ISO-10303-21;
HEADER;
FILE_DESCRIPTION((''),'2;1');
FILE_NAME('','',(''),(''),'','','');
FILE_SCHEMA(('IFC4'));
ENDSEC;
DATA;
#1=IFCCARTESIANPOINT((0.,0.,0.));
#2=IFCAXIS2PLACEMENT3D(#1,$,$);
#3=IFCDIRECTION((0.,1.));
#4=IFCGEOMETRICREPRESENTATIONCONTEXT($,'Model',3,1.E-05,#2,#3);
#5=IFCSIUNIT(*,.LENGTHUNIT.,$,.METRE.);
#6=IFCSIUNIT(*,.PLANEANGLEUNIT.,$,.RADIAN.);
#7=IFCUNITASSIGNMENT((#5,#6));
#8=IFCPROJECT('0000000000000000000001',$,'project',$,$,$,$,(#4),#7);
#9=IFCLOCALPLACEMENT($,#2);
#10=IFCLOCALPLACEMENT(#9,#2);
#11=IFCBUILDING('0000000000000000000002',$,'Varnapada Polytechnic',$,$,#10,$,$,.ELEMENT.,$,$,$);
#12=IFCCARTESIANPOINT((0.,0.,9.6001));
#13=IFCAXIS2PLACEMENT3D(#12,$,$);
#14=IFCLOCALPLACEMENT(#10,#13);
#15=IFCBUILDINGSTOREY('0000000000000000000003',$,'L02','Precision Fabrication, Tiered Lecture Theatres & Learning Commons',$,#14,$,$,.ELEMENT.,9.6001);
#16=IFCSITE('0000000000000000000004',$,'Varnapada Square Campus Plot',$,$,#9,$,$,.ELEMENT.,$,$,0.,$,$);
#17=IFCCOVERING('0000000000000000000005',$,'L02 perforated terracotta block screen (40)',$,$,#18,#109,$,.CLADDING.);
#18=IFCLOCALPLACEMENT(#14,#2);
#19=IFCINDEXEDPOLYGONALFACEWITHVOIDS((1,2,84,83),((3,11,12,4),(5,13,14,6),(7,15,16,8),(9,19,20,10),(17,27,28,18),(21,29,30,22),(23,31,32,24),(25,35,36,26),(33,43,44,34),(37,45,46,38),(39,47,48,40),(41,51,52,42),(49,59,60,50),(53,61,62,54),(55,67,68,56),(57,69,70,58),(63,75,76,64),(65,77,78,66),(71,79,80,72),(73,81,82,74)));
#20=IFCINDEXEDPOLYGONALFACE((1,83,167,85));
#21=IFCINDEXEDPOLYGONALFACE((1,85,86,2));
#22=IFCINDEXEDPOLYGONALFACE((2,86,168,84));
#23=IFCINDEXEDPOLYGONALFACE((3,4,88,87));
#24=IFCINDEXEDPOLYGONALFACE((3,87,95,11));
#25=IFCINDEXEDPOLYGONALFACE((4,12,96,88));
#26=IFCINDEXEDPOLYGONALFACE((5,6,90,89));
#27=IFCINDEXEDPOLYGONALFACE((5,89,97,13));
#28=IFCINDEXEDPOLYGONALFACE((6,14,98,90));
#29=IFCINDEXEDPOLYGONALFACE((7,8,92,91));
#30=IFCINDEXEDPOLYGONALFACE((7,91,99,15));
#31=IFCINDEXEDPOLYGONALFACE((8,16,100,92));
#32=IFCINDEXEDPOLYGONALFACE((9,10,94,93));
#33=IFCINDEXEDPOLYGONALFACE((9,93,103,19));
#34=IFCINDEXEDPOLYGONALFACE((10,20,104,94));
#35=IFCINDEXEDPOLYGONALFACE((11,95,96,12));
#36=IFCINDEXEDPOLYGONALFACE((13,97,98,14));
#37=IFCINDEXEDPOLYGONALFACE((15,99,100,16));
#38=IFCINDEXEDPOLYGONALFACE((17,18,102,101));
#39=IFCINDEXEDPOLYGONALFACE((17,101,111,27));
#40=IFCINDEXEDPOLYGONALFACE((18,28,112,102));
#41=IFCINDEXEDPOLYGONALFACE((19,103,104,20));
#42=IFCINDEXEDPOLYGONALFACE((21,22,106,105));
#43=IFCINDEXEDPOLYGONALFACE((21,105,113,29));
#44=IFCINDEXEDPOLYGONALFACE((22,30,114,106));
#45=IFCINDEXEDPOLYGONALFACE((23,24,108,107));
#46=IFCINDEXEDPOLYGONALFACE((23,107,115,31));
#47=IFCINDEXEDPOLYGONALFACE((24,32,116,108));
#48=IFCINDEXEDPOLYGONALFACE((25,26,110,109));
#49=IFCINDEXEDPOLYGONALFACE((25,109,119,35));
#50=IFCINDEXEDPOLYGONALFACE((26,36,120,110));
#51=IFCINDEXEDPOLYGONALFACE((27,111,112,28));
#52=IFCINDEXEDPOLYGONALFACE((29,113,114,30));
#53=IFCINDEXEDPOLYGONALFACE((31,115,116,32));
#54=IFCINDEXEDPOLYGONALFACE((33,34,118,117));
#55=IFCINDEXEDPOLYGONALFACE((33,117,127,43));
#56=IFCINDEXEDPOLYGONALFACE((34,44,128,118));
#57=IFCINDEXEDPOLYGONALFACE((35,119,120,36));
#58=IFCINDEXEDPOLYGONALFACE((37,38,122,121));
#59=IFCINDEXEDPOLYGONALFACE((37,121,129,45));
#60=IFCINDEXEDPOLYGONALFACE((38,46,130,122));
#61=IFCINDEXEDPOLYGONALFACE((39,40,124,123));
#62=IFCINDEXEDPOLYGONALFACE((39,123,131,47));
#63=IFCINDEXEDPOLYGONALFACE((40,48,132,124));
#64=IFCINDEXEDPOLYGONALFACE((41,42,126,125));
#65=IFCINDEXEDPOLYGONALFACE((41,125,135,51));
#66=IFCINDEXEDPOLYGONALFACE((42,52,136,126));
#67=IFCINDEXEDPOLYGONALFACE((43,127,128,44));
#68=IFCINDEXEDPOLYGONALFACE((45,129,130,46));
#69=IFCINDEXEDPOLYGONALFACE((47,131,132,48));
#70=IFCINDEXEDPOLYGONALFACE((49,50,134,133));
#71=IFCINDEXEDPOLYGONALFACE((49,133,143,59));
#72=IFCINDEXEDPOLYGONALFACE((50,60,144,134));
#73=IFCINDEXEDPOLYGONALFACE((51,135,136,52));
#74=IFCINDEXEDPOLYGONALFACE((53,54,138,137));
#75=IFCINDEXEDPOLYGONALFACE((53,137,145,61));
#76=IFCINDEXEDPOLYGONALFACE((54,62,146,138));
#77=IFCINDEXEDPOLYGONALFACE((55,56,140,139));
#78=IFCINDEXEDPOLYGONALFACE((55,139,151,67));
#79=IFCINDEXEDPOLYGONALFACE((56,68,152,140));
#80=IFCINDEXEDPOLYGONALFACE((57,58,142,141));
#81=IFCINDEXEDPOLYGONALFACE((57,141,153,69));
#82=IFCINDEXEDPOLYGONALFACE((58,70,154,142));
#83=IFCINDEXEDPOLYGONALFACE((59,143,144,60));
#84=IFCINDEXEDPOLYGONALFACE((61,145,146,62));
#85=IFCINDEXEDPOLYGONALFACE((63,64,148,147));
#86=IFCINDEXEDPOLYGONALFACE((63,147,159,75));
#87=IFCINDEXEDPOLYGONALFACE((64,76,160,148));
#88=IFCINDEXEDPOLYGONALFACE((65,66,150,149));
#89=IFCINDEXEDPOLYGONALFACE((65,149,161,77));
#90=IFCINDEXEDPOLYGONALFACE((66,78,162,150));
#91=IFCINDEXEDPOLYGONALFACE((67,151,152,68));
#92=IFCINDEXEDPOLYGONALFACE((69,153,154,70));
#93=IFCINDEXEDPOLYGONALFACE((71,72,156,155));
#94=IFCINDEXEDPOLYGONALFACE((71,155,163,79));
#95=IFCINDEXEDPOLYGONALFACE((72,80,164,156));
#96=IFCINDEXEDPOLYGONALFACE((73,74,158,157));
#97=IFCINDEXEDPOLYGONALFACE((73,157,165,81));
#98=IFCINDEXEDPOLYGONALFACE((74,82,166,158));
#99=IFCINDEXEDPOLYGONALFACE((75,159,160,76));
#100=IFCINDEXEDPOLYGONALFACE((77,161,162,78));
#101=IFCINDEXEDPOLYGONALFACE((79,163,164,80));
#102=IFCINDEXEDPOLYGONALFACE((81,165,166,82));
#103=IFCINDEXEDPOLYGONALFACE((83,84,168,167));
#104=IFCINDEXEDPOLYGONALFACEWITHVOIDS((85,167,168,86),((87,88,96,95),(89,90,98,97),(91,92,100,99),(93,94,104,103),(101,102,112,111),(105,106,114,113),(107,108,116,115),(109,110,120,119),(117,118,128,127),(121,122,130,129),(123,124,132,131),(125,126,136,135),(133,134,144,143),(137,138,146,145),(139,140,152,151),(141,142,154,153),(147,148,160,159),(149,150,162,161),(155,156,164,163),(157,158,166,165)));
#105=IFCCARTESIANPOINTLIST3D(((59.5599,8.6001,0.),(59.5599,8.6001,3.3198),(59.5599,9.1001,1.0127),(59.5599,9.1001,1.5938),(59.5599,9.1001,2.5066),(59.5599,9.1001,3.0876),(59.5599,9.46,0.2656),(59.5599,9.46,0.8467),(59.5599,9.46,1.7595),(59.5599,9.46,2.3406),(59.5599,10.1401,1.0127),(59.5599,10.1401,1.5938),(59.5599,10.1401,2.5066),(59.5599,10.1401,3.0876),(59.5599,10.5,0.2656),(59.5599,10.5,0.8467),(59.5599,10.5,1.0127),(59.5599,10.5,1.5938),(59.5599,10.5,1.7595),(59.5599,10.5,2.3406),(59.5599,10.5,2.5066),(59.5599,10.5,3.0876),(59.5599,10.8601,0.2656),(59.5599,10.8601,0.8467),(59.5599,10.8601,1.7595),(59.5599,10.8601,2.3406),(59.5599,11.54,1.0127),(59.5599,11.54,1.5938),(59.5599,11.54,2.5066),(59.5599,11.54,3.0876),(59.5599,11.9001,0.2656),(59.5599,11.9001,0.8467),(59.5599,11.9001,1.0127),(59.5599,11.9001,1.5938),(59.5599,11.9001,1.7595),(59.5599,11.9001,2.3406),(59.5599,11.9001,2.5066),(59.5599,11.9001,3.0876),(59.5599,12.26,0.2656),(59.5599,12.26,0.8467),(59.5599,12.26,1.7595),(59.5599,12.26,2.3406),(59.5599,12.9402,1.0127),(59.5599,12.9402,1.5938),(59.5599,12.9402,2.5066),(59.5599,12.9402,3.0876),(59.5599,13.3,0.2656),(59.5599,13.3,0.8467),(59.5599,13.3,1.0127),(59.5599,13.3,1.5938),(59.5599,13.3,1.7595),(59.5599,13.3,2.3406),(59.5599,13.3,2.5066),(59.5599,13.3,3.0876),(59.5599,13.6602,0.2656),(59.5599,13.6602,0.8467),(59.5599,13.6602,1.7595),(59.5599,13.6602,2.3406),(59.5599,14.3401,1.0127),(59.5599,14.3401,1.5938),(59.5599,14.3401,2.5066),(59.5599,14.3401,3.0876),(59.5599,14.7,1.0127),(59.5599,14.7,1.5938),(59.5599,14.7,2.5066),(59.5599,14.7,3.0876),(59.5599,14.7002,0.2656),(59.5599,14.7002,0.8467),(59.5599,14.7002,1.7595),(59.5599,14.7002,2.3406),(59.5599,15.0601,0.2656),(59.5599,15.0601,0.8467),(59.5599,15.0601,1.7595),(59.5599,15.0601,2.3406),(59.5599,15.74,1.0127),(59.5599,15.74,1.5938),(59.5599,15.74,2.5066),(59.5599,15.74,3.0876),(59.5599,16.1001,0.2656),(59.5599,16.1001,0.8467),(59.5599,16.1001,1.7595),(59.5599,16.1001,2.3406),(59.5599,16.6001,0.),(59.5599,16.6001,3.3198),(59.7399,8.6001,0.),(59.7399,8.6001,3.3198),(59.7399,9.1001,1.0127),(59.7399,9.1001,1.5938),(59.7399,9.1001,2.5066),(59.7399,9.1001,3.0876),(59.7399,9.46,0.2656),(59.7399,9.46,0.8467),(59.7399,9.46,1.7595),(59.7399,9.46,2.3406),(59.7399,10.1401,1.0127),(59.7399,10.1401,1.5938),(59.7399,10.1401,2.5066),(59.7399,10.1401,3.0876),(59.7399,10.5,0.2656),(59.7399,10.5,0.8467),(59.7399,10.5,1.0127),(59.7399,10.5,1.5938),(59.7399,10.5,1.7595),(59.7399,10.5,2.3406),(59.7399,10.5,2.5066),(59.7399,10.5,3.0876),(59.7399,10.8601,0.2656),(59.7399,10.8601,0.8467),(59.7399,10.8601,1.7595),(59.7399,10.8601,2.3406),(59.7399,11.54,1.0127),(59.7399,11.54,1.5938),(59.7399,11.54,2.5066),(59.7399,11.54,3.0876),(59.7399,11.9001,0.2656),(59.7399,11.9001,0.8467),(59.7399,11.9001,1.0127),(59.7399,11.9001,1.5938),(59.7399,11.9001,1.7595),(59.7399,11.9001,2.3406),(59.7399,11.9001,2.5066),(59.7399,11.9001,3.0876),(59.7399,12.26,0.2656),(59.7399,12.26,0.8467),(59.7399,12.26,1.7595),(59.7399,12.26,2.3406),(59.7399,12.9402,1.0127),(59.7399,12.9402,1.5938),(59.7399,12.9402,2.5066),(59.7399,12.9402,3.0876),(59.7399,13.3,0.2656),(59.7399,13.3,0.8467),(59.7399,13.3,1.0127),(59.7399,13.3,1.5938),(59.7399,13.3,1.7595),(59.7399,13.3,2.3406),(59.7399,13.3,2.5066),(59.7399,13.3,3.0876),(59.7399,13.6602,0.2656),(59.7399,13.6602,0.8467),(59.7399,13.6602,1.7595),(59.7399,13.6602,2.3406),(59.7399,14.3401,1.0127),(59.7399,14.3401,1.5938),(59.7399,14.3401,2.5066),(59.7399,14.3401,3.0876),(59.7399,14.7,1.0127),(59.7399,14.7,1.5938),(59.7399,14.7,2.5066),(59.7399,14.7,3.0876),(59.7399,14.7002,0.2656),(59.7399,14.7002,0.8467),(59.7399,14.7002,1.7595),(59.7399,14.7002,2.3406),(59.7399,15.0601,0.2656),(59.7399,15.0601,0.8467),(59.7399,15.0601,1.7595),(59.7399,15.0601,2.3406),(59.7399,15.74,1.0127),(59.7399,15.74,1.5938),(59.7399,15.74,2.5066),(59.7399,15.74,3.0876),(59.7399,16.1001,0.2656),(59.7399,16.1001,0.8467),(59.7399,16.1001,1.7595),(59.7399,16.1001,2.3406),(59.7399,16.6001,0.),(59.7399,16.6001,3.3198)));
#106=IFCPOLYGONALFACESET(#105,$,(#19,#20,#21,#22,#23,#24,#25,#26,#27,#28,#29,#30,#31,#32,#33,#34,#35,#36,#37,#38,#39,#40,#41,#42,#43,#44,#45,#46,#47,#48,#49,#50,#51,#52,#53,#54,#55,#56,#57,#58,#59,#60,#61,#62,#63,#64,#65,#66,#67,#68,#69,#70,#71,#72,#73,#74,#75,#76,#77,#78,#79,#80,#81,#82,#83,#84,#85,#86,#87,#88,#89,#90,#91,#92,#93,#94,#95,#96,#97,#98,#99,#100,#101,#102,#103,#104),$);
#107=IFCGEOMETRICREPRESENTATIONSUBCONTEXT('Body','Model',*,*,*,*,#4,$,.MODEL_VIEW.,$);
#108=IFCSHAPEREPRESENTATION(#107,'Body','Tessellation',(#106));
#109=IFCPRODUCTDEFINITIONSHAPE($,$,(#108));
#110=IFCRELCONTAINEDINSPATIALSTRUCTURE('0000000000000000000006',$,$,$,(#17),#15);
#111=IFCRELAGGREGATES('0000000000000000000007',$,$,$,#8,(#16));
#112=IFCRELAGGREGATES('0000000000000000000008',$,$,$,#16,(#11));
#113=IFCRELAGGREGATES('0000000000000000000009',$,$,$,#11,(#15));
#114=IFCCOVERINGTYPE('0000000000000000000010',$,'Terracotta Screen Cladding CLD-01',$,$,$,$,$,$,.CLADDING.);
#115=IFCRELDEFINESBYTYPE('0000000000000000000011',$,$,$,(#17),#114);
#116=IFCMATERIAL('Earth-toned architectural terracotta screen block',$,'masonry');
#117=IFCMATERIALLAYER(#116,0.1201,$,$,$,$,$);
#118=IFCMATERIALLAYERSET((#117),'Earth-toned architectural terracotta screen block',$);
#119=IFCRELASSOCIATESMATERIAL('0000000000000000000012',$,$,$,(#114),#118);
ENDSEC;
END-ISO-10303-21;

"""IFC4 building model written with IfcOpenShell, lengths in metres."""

from ifc_helpers import new_model, si_unit, direction, frame, frame_2d, origin, place, context, subcontext, project, spatial, rectangle, extrude, material, layer, layer_set, type_object, element, save


model = new_model("IFC4")

# Units and contexts
model_context = context("Model", 3, precision=1e-05, world=origin(), true_north=direction((0.0, 1.0)))
body_context = subcontext(model_context, "Body", "Model", "MODEL_VIEW")
ifc_project = project(units=[si_unit("LENGTHUNIT", "METRE"), si_unit("PLANEANGLEUNIT", "RADIAN")], contexts=[model_context])

# Site, building, storey
site_placement = place(None, origin())
site = spatial("IfcSite", under=ifc_project, at=site_placement, Name="Varnapada Square Campus Plot", CompositionType="ELEMENT", RefElevation=0.0)
building_placement = place(site_placement, origin())
building = spatial("IfcBuilding", under=site, at=building_placement, Name="Varnapada Polytechnic", CompositionType="ELEMENT")
storey_placement = place(building_placement, frame((0.0, 0.0, 9.6001)))
storey = spatial("IfcBuildingStorey", under=building, at=storey_placement, Name="L02", Description="Precision Fabrication, Tiered Lecture Theatres & Learning Commons", CompositionType="ELEMENT", Elevation=9.6001)

# Covering, openings
ifc_material_1 = material(Name="Earth-toned architectural terracotta screen block", Category="masonry")
ifc_layer = layer(ifc_material_1, 0.1201)
ifc_layer_set = layer_set([ifc_layer], Name="Earth-toned architectural terracotta screen block")
covering_type = type_object("IfcCoveringType", Name="Terracotta Screen Cladding CLD-01", PredefinedType="CLADDING", material=ifc_layer_set)
covering_placement = place(storey_placement, frame((59.6499, 16.6001, 0.0), z_axis=(0.0, 0.0, 1.0), x_axis=(0.0, -1.0, 0.0)))
covering = element("IfcCovering", 1, at=covering_placement, inside=storey, type_object=covering_type, Name="L02 perforated terracotta block screen (40)", PredefinedType="CLADDING", context=body_context, shape_type="SweptSolid", body=[
    extrude(rectangle(XDim=8.0, YDim=0.1799, at=frame_2d((4.0, 0.0))), origin(), (0.0, 0.0, 1.0), 3.3198),
])
opening_1_placement = place(covering_placement, frame((0.5, 0.0, 0.2656)))
element("IfcOpeningElement", 2, at=opening_1_placement, cuts=covering, PredefinedType="OPENING", context=body_context, shape_type="SweptSolid", body=[
    extrude(rectangle(XDim=1.04, YDim=0.5811, at=frame_2d((0.52, 0.2905))), frame((0.0, 0.0999, 0.0), z_axis=(0.0, -1.0, 0.0), x_axis=(1.0, 0.0, 0.0)), (0.0, 0.0, 1.0), 0.2),
])
opening_2_placement = place(covering_placement, frame((1.8999, 0.0, 0.2656)))
element("IfcOpeningElement", 3, at=opening_2_placement, cuts=covering, PredefinedType="OPENING", context=body_context, shape_type="SweptSolid", body=[
    extrude(rectangle(XDim=1.04, YDim=0.5811, at=frame_2d((0.52, 0.2905))), frame((0.0, 0.0999, 0.0), z_axis=(0.0, -1.0, 0.0), x_axis=(1.0, 0.0, 0.0)), (0.0, 0.0, 1.0), 0.2),
])
opening_3_placement = place(covering_placement, frame((3.3, 0.0, 0.2656)))
element("IfcOpeningElement", 4, at=opening_3_placement, cuts=covering, PredefinedType="OPENING", context=body_context, shape_type="SweptSolid", body=[
    extrude(rectangle(XDim=1.04, YDim=0.5811, at=frame_2d((0.52, 0.2905))), frame((0.0, 0.0999, 0.0), z_axis=(0.0, -1.0, 0.0), x_axis=(1.0, 0.0, 0.0)), (0.0, 0.0, 1.0), 0.2),
])
opening_4_placement = place(covering_placement, frame((4.7, 0.0, 0.2656)))
element("IfcOpeningElement", 5, at=opening_4_placement, cuts=covering, PredefinedType="OPENING", context=body_context, shape_type="SweptSolid", body=[
    extrude(rectangle(XDim=1.04, YDim=0.5811, at=frame_2d((0.52, 0.2905))), frame((0.0, 0.0999, 0.0), z_axis=(0.0, -1.0, 0.0), x_axis=(1.0, 0.0, 0.0)), (0.0, 0.0, 1.0), 0.2),
])
opening_5_placement = place(covering_placement, frame((6.1001, 0.0, 0.2656)))
element("IfcOpeningElement", 6, at=opening_5_placement, cuts=covering, PredefinedType="OPENING", context=body_context, shape_type="SweptSolid", body=[
    extrude(rectangle(XDim=1.04, YDim=0.5811, at=frame_2d((0.52, 0.2905))), frame((0.0, 0.0999, 0.0), z_axis=(0.0, -1.0, 0.0), x_axis=(1.0, 0.0, 0.0)), (0.0, 0.0, 1.0), 0.2),
])
opening_6_placement = place(covering_placement, frame((0.8601, 0.0, 1.0127)))
element("IfcOpeningElement", 7, at=opening_6_placement, cuts=covering, PredefinedType="OPENING", context=body_context, shape_type="SweptSolid", body=[
    extrude(rectangle(XDim=1.04, YDim=0.5811, at=frame_2d((0.52, 0.2905))), frame((0.0, 0.0999, 0.0), z_axis=(0.0, -1.0, 0.0), x_axis=(1.0, 0.0, 0.0)), (0.0, 0.0, 1.0), 0.2),
])
opening_7_placement = place(covering_placement, frame((2.26, 0.0, 1.0127)))
element("IfcOpeningElement", 8, at=opening_7_placement, cuts=covering, PredefinedType="OPENING", context=body_context, shape_type="SweptSolid", body=[
    extrude(rectangle(XDim=1.04, YDim=0.5811, at=frame_2d((0.52, 0.2905))), frame((0.0, 0.0999, 0.0), z_axis=(0.0, -1.0, 0.0), x_axis=(1.0, 0.0, 0.0)), (0.0, 0.0, 1.0), 0.2),
])
opening_8_placement = place(covering_placement, frame((3.6599, 0.0, 1.0127)))
element("IfcOpeningElement", 9, at=opening_8_placement, cuts=covering, PredefinedType="OPENING", context=body_context, shape_type="SweptSolid", body=[
    extrude(rectangle(XDim=1.04, YDim=0.5811, at=frame_2d((0.52, 0.2905))), frame((0.0, 0.0999, 0.0), z_axis=(0.0, -1.0, 0.0), x_axis=(1.0, 0.0, 0.0)), (0.0, 0.0, 1.0), 0.2),
])
opening_9_placement = place(covering_placement, frame((5.0601, 0.0, 1.0127)))
element("IfcOpeningElement", 10, at=opening_9_placement, cuts=covering, PredefinedType="OPENING", context=body_context, shape_type="SweptSolid", body=[
    extrude(rectangle(XDim=1.04, YDim=0.5811, at=frame_2d((0.52, 0.2905))), frame((0.0, 0.0999, 0.0), z_axis=(0.0, -1.0, 0.0), x_axis=(1.0, 0.0, 0.0)), (0.0, 0.0, 1.0), 0.2),
])
opening_10_placement = place(covering_placement, frame((6.46, 0.0, 1.0127)))
element("IfcOpeningElement", 11, at=opening_10_placement, cuts=covering, PredefinedType="OPENING", context=body_context, shape_type="SweptSolid", body=[
    extrude(rectangle(XDim=1.04, YDim=0.5811, at=frame_2d((0.52, 0.2905))), frame((0.0, 0.0999, 0.0), z_axis=(0.0, -1.0, 0.0), x_axis=(1.0, 0.0, 0.0)), (0.0, 0.0, 1.0), 0.2),
])
opening_11_placement = place(covering_placement, frame((0.5, 0.0, 1.7595)))
element("IfcOpeningElement", 12, at=opening_11_placement, cuts=covering, PredefinedType="OPENING", context=body_context, shape_type="SweptSolid", body=[
    extrude(rectangle(XDim=1.04, YDim=0.5811, at=frame_2d((0.52, 0.2905))), frame((0.0, 0.0999, 0.0), z_axis=(0.0, -1.0, 0.0), x_axis=(1.0, 0.0, 0.0)), (0.0, 0.0, 1.0), 0.2),
])
opening_12_placement = place(covering_placement, frame((1.8999, 0.0, 1.7595)))
element("IfcOpeningElement", 13, at=opening_12_placement, cuts=covering, PredefinedType="OPENING", context=body_context, shape_type="SweptSolid", body=[
    extrude(rectangle(XDim=1.04, YDim=0.5811, at=frame_2d((0.52, 0.2905))), frame((0.0, 0.0999, 0.0), z_axis=(0.0, -1.0, 0.0), x_axis=(1.0, 0.0, 0.0)), (0.0, 0.0, 1.0), 0.2),
])
opening_13_placement = place(covering_placement, frame((3.3, 0.0, 1.7595)))
element("IfcOpeningElement", 14, at=opening_13_placement, cuts=covering, PredefinedType="OPENING", context=body_context, shape_type="SweptSolid", body=[
    extrude(rectangle(XDim=1.04, YDim=0.5811, at=frame_2d((0.52, 0.2905))), frame((0.0, 0.0999, 0.0), z_axis=(0.0, -1.0, 0.0), x_axis=(1.0, 0.0, 0.0)), (0.0, 0.0, 1.0), 0.2),
])
opening_14_placement = place(covering_placement, frame((4.7, 0.0, 1.7595)))
element("IfcOpeningElement", 15, at=opening_14_placement, cuts=covering, PredefinedType="OPENING", context=body_context, shape_type="SweptSolid", body=[
    extrude(rectangle(XDim=1.04, YDim=0.5811, at=frame_2d((0.52, 0.2905))), frame((0.0, 0.0999, 0.0), z_axis=(0.0, -1.0, 0.0), x_axis=(1.0, 0.0, 0.0)), (0.0, 0.0, 1.0), 0.2),
])
opening_15_placement = place(covering_placement, frame((6.1001, 0.0, 1.7595)))
element("IfcOpeningElement", 16, at=opening_15_placement, cuts=covering, PredefinedType="OPENING", context=body_context, shape_type="SweptSolid", body=[
    extrude(rectangle(XDim=1.04, YDim=0.5811, at=frame_2d((0.52, 0.2905))), frame((0.0, 0.0999, 0.0), z_axis=(0.0, -1.0, 0.0), x_axis=(1.0, 0.0, 0.0)), (0.0, 0.0, 1.0), 0.2),
])
opening_16_placement = place(covering_placement, frame((0.8601, 0.0, 2.5066)))
element("IfcOpeningElement", 17, at=opening_16_placement, cuts=covering, PredefinedType="OPENING", context=body_context, shape_type="SweptSolid", body=[
    extrude(rectangle(XDim=1.04, YDim=0.5811, at=frame_2d((0.52, 0.2905))), frame((0.0, 0.0999, 0.0), z_axis=(0.0, -1.0, 0.0), x_axis=(1.0, 0.0, 0.0)), (0.0, 0.0, 1.0), 0.2),
])
opening_17_placement = place(covering_placement, frame((2.26, 0.0, 2.5066)))
element("IfcOpeningElement", 18, at=opening_17_placement, cuts=covering, PredefinedType="OPENING", context=body_context, shape_type="SweptSolid", body=[
    extrude(rectangle(XDim=1.04, YDim=0.5811, at=frame_2d((0.52, 0.2905))), frame((0.0, 0.0999, 0.0), z_axis=(0.0, -1.0, 0.0), x_axis=(1.0, 0.0, 0.0)), (0.0, 0.0, 1.0), 0.2),
])
opening_18_placement = place(covering_placement, frame((3.6599, 0.0, 2.5066)))
element("IfcOpeningElement", 19, at=opening_18_placement, cuts=covering, PredefinedType="OPENING", context=body_context, shape_type="SweptSolid", body=[
    extrude(rectangle(XDim=1.04, YDim=0.5811, at=frame_2d((0.52, 0.2905))), frame((0.0, 0.0999, 0.0), z_axis=(0.0, -1.0, 0.0), x_axis=(1.0, 0.0, 0.0)), (0.0, 0.0, 1.0), 0.2),
])
opening_19_placement = place(covering_placement, frame((5.0601, 0.0, 2.5066)))
element("IfcOpeningElement", 20, at=opening_19_placement, cuts=covering, PredefinedType="OPENING", context=body_context, shape_type="SweptSolid", body=[
    extrude(rectangle(XDim=1.04, YDim=0.5811, at=frame_2d((0.52, 0.2905))), frame((0.0, 0.0999, 0.0), z_axis=(0.0, -1.0, 0.0), x_axis=(1.0, 0.0, 0.0)), (0.0, 0.0, 1.0), 0.2),
])
opening_20_placement = place(covering_placement, frame((6.46, 0.0, 2.5066)))
element("IfcOpeningElement", 21, at=opening_20_placement, cuts=covering, PredefinedType="OPENING", context=body_context, shape_type="SweptSolid", body=[
    extrude(rectangle(XDim=1.04, YDim=0.5811, at=frame_2d((0.52, 0.2905))), frame((0.0, 0.0999, 0.0), z_axis=(0.0, -1.0, 0.0), x_axis=(1.0, 0.0, 0.0)), (0.0, 0.0, 1.0), 0.2),
])

save(model, "model.ifc")
